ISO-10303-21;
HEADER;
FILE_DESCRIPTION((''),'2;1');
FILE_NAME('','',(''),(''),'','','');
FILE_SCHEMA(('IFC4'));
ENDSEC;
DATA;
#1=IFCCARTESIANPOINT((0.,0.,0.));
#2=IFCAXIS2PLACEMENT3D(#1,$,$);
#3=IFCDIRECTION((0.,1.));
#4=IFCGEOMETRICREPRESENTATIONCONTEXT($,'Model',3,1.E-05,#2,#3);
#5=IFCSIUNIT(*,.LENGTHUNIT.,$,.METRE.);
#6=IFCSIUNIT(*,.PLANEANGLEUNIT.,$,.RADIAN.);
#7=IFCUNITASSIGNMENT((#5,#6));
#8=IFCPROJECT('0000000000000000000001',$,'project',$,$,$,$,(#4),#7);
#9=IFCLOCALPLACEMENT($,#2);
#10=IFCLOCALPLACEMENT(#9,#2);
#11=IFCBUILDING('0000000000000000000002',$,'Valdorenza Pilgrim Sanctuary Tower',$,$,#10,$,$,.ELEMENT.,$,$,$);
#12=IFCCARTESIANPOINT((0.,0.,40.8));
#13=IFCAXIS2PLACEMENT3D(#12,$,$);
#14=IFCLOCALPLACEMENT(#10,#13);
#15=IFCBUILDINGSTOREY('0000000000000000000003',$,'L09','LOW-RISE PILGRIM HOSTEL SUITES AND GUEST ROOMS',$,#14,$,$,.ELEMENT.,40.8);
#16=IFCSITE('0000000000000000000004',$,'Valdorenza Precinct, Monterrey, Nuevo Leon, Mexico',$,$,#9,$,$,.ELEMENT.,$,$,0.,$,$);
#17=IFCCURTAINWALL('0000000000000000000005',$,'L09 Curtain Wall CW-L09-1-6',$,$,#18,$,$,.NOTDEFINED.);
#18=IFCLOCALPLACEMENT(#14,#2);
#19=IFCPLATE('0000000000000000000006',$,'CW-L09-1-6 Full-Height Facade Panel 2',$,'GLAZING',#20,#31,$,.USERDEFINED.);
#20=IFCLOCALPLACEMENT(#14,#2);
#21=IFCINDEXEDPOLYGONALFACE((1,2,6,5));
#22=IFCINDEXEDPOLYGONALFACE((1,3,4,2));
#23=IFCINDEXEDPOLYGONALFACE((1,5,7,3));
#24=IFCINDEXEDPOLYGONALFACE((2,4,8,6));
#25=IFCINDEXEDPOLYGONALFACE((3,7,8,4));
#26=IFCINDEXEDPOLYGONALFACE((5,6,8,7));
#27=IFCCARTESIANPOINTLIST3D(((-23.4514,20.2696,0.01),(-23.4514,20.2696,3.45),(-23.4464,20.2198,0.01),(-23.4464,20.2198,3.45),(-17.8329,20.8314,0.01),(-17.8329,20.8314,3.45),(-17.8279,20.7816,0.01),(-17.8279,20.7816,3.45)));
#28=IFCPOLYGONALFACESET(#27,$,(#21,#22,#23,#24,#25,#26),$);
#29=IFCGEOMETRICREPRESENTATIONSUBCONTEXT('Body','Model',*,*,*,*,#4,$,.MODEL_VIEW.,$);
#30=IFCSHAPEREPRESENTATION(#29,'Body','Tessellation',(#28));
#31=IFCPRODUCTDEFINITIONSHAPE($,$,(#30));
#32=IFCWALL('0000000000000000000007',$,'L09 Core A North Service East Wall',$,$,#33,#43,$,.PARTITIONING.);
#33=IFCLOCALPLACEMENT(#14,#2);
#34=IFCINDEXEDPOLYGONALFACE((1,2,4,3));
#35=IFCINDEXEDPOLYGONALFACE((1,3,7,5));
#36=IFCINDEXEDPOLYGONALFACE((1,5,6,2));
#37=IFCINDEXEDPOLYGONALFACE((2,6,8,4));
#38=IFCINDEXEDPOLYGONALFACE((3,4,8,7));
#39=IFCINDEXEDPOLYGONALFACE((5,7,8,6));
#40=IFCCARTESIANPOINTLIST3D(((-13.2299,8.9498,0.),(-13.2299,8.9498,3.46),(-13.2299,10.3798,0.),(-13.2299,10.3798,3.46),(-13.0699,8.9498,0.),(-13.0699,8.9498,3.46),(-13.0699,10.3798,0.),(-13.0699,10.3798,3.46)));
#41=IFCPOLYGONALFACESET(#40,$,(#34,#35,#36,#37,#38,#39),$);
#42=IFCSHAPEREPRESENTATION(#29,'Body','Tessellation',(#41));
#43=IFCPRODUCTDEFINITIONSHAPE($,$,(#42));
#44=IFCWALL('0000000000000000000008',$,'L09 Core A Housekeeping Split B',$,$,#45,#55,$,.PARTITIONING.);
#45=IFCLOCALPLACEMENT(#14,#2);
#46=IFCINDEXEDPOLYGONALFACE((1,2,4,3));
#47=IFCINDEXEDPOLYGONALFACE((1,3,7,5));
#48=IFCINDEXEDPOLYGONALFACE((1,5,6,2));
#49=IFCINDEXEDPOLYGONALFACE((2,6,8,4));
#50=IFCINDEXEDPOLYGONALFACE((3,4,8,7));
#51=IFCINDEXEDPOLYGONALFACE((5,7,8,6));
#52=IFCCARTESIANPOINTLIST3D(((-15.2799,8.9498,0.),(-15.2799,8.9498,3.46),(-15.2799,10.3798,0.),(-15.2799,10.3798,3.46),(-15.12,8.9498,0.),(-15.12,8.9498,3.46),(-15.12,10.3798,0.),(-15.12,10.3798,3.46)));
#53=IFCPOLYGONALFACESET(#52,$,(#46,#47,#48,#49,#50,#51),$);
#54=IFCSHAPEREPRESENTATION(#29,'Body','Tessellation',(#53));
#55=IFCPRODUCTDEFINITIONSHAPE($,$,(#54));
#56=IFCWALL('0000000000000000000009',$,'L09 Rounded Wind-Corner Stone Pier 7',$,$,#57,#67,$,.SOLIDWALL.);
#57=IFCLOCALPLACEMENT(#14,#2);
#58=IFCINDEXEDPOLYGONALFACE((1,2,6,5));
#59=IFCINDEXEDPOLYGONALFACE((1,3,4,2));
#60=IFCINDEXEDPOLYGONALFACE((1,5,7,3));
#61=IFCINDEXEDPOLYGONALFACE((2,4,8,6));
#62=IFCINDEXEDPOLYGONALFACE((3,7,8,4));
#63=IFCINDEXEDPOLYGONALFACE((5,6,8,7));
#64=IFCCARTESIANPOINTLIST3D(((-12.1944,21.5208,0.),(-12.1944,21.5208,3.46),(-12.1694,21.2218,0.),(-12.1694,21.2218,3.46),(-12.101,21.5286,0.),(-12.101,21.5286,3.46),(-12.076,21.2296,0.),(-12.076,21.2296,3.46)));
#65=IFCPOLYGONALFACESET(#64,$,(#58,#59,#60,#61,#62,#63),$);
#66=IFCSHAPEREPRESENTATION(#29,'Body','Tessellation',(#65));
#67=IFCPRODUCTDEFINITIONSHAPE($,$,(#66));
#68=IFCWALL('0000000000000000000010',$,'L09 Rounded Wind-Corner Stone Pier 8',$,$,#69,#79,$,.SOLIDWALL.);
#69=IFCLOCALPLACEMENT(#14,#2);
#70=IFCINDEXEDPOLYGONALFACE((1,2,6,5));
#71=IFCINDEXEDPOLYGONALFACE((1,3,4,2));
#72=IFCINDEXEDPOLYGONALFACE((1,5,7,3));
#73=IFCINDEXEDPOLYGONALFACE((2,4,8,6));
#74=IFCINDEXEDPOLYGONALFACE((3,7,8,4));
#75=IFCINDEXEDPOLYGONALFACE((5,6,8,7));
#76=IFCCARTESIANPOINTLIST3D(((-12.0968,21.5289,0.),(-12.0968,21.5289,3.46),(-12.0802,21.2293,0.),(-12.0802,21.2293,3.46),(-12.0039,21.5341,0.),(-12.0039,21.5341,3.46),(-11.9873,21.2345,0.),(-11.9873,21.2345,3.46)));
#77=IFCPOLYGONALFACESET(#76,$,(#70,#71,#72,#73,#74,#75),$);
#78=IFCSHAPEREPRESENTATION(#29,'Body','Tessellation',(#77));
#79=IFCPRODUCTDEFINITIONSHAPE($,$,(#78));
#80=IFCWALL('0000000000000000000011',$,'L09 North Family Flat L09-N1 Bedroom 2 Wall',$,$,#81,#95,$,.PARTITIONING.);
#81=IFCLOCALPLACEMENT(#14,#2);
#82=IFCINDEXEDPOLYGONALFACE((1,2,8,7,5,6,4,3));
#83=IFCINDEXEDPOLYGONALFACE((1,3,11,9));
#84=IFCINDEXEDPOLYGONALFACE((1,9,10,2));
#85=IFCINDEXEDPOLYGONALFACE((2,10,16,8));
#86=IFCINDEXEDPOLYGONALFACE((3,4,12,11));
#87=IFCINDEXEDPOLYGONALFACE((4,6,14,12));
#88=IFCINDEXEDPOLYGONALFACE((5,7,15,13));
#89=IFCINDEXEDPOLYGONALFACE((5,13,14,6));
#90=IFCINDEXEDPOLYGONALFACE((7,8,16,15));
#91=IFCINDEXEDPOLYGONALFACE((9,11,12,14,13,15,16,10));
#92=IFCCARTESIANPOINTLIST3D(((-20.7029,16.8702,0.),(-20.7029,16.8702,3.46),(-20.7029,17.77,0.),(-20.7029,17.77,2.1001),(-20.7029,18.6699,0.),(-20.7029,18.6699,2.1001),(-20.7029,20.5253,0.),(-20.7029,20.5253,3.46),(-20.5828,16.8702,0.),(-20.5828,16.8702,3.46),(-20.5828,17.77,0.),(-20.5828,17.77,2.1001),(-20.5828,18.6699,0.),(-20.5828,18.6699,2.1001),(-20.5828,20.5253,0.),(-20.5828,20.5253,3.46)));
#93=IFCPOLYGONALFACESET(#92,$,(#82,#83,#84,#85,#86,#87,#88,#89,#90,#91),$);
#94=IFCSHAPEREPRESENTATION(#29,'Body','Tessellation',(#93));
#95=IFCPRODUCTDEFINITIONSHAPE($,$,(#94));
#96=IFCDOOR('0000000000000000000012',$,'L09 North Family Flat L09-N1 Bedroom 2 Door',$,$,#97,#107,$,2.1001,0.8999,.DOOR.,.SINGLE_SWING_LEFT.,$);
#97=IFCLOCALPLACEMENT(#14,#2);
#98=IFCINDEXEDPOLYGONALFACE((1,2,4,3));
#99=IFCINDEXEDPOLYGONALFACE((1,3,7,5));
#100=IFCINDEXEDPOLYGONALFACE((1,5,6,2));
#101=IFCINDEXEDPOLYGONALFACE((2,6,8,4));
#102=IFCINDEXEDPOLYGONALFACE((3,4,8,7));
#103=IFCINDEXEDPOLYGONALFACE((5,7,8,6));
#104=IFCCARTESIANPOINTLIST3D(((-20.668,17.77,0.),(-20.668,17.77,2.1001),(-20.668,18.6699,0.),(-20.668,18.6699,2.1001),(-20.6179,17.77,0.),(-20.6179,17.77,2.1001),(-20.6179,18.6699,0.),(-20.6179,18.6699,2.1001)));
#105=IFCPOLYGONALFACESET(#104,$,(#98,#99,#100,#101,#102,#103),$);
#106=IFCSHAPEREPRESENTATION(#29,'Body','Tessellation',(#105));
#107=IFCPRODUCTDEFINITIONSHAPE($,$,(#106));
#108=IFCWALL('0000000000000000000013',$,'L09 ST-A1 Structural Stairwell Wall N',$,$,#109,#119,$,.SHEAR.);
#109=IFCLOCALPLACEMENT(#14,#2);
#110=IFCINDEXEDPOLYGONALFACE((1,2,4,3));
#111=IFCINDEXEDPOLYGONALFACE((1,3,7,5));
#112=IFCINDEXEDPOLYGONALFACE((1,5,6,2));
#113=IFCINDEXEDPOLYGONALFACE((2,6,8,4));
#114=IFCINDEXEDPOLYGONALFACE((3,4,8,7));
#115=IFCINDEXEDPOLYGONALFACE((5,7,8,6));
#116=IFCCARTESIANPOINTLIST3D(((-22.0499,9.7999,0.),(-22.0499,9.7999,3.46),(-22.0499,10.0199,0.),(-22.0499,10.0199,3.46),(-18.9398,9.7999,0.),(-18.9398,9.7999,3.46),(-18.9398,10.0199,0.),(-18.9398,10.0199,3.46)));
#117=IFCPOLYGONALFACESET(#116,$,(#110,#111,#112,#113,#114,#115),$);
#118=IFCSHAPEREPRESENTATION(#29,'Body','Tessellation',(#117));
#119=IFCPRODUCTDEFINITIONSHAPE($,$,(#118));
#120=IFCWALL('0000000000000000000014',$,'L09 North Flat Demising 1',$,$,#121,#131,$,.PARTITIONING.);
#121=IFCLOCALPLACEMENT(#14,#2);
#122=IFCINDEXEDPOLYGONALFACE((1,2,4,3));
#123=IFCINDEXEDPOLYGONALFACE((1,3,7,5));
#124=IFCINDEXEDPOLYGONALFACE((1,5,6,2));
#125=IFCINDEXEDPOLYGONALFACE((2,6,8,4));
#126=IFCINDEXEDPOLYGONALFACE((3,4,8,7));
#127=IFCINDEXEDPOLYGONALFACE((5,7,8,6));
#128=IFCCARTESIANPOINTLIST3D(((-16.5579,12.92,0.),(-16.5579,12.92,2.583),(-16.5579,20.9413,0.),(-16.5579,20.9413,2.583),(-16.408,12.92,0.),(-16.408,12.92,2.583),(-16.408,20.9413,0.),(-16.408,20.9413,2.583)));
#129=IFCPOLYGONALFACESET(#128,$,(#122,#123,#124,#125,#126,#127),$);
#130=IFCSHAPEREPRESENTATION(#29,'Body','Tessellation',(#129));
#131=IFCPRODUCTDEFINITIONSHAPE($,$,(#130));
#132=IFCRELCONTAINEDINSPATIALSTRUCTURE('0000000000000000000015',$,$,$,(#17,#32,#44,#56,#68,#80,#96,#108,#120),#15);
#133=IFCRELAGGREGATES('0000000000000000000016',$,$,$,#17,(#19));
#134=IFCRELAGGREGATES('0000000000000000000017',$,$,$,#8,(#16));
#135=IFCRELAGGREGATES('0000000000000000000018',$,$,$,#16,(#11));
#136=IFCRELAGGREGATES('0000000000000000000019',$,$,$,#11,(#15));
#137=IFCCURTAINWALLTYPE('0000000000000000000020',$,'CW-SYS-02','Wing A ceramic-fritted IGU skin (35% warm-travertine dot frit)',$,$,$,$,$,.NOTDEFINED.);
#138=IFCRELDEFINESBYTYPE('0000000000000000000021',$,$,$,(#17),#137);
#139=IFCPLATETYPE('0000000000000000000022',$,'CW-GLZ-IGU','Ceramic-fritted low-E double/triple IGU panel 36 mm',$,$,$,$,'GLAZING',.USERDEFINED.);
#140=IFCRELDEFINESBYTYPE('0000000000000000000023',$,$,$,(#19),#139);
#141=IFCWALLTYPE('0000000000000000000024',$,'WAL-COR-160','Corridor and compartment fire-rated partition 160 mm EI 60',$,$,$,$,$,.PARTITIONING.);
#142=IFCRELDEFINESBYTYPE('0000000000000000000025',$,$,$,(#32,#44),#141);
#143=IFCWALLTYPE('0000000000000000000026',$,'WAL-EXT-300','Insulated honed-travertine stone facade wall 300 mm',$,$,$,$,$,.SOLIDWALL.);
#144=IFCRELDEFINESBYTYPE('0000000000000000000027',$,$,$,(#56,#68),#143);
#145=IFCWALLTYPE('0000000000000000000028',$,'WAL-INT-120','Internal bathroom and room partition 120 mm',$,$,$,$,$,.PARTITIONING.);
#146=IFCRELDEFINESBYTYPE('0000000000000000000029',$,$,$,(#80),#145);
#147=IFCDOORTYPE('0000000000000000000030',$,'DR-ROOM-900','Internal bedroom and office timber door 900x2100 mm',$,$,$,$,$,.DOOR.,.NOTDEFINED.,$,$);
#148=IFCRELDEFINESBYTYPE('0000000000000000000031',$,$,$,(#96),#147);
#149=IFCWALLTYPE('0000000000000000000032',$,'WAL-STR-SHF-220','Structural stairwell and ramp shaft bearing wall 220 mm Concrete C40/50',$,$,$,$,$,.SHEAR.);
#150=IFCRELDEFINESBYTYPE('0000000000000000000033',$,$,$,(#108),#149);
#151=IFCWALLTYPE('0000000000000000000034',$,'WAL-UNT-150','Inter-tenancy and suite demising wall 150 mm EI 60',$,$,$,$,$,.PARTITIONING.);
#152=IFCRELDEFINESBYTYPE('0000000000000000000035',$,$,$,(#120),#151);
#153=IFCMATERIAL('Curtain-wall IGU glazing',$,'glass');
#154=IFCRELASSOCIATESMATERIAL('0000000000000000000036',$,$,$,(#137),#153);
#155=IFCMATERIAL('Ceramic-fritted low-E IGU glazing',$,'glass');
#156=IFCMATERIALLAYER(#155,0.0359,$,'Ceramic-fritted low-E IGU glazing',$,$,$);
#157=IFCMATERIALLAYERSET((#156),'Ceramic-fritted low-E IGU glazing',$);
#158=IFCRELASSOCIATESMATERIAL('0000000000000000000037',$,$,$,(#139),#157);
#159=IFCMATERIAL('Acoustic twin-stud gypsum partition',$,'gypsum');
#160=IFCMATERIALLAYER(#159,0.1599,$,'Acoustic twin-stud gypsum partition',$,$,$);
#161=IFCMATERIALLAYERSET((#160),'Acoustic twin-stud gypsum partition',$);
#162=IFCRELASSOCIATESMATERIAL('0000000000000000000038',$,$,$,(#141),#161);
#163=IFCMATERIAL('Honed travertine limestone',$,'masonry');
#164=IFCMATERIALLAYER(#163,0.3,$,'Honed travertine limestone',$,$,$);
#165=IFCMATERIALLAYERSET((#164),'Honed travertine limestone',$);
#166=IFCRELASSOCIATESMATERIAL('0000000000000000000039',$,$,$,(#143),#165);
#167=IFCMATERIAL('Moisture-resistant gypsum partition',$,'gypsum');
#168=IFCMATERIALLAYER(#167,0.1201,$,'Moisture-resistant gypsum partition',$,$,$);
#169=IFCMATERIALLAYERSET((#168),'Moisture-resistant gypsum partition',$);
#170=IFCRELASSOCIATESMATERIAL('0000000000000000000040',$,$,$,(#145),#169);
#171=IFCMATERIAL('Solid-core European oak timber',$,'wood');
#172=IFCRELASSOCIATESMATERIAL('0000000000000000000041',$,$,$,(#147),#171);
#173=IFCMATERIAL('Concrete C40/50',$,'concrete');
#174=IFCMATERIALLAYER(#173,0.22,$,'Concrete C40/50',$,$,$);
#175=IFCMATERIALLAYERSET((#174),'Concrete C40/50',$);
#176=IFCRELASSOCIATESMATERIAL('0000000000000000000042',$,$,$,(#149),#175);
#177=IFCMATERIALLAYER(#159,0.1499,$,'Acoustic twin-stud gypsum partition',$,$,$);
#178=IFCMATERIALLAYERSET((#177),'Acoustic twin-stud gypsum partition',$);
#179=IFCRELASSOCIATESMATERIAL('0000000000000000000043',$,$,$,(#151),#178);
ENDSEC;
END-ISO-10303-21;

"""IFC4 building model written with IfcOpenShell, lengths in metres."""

from ifc_helpers import new_model, si_unit, direction, frame, frame_2d, origin, origin_2d, place, context, subcontext, project, spatial, rectangle, extrude, source, transform, mapped, material, layer, layer_set, type_object, element, fill, aggregate, save


model = new_model("IFC4")

# Units and contexts
model_context = context("Model", 3, precision=1e-05, world=origin(), true_north=direction((0.0, 1.0)))
body_context = subcontext(model_context, "Body", "Model", "MODEL_VIEW")
ifc_project = project(units=[si_unit("LENGTHUNIT", "METRE"), si_unit("PLANEANGLEUNIT", "RADIAN")], contexts=[model_context])

# Site, building, storey
site_placement = place(None, origin())
site = spatial("IfcSite", under=ifc_project, at=site_placement, Name="Valdorenza Precinct, Monterrey, Nuevo Leon, Mexico", CompositionType="ELEMENT", RefElevation=0.0)
building_placement = place(site_placement, origin())
building = spatial("IfcBuilding", under=site, at=building_placement, Name="Valdorenza Pilgrim Sanctuary Tower", CompositionType="ELEMENT")
storey_placement = place(building_placement, frame((0.0, 0.0, 40.8)))
storey = spatial("IfcBuildingStorey", under=building, at=storey_placement, Name="L09", Description="LOW-RISE PILGRIM HOSTEL SUITES AND GUEST ROOMS", CompositionType="ELEMENT", Elevation=40.8)

# Curtain wall, plate
ifc_material_1 = material(Name="Curtain-wall IGU glazing", Category="glass")
curtain_wall_type = type_object("IfcCurtainWallType", Name="CW-SYS-02", Description="Wing A ceramic-fritted IGU skin (35% warm-travertine dot frit)", PredefinedType="NOTDEFINED", material=ifc_material_1)
curtain_wall_placement = place(storey_placement, origin())
curtain_wall = element("IfcCurtainWall", 1, at=curtain_wall_placement, inside=storey, type_object=curtain_wall_type, Name="L09 Curtain Wall CW-L09-1-6", PredefinedType="NOTDEFINED")
ifc_material_2 = material(Name="Honed travertine limestone", Category="masonry")
ifc_material_3 = material(Name="Ceramic-fritted low-E IGU glazing", Category="glass")
ifc_layer_1 = layer(ifc_material_3, 0.0359, Name="Ceramic-fritted low-E IGU glazing")
ifc_layer_set_1 = layer_set([ifc_layer_1], Name="Ceramic-fritted low-E IGU glazing")
plate_type_1 = type_object("IfcPlateType", Name="CW-GLZ-IGU", Description="Ceramic-fritted low-E double/triple IGU panel 36 mm", ElementType="GLAZING", PredefinedType="USERDEFINED", material=ifc_layer_set_1)
shared_shape_1 = source(origin(), body_context, "Body", "SweptSolid", [
    extrude(rectangle(XDim=5.6465, YDim=0.05, at=origin_2d()), origin(), (0.0, 0.0, 1.0), 3.4399),
])
plate_1_placement = place(storey_placement, frame((-20.6396, 20.5256, 0.01), z_axis=(0.0, 0.0, 1.0), x_axis=(0.995038, 0.099493, 0.0)))
plate_1 = element("IfcPlate", 2, at=plate_1_placement, type_object=plate_type_1, Name="CW-L09-1-6 Full-Height Facade Panel 2", ObjectType="GLAZING", PredefinedType="USERDEFINED", context=body_context, shape_type="MappedRepresentation", body=[
    mapped(shared_shape_1, transform((0.0, 0.0, 0.0), x_axis=(1.0, 0.0, 0.0), y_axis=(0.0, 1.0, 0.0), z_axis=(0.0, 0.0, 1.0), scale=1.0)),
])
aggregate(curtain_wall, [plate_1])

# Walls
ifc_material_4 = material(Name="Acoustic twin-stud gypsum partition", Category="gypsum")
ifc_layer_2 = layer(ifc_material_4, 0.1599, Name="Acoustic twin-stud gypsum partition")
ifc_layer_set_2 = layer_set([ifc_layer_2], Name="Acoustic twin-stud gypsum partition")
wall_type_1 = type_object("IfcWallType", Name="WAL-COR-160", Description="Corridor and compartment fire-rated partition 160 mm EI 60", PredefinedType="PARTITIONING", material=ifc_layer_set_2)
for number, where, z_axis, x_axis, name in (
    (3, (-13.1499, 8.95, 0.0), (0.0, 0.0, 1.0), (0.0, 1.0, 0.0), "L09 Core A North Service East Wall"),
    (4, (-15.2, 8.95, 0.0), (0.0, 0.0, 1.0), (0.0, 1.0, 0.0), "L09 Core A Housekeeping Split B"),
):
    element("IfcWall", number, at=place(storey_placement, frame(where, z_axis=z_axis, x_axis=x_axis)), inside=storey, type_object=wall_type_1, Name=name, PredefinedType="PARTITIONING", context=body_context, shape_type="SweptSolid", body=[
        extrude(rectangle(XDim=1.4299, YDim=0.1599, at=frame_2d((0.7148, 0.0))), origin(), (0.0, 0.0, 1.0), 3.46),
    ])
ifc_layer_3 = layer(ifc_material_2, 0.3, Name="Honed travertine limestone")
ifc_layer_set_3 = layer_set([ifc_layer_3], Name="Honed travertine limestone")
wall_type_2 = type_object("IfcWallType", Name="WAL-EXT-300", Description="Insulated honed-travertine stone facade wall 300 mm", PredefinedType="SOLIDWALL", material=ifc_layer_set_3)
wall_1_placement = place(storey_placement, frame((-12.1819, 21.3713, 0.0), z_axis=(0.0, 0.0, 1.0), x_axis=(0.996528, 0.083261, 0.0)))
element("IfcWall", 5, at=wall_1_placement, inside=storey, type_object=wall_type_2, Name="L09 Rounded Wind-Corner Stone Pier 7", PredefinedType="SOLIDWALL", context=body_context, shape_type="SweptSolid", body=[
    extrude(rectangle(XDim=0.0938, YDim=0.3, at=frame_2d((0.0469, 0.0))), origin(), (0.0, 0.0, 1.0), 3.46),
])
wall_2_placement = place(storey_placement, frame((-12.0884, 21.3792, 0.0), z_axis=(0.0, 0.0, 1.0), x_axis=(0.998476, 0.055179, 0.0)))
element("IfcWall", 6, at=wall_2_placement, inside=storey, type_object=wall_type_2, Name="L09 Rounded Wind-Corner Stone Pier 8", PredefinedType="SOLIDWALL", context=body_context, shape_type="SweptSolid", body=[
    extrude(rectangle(XDim=0.093, YDim=0.3, at=frame_2d((0.0464, 0.0))), origin(), (0.0, 0.0, 1.0), 3.46),
])

# Wall, opening, door
ifc_material_5 = material(Name="Moisture-resistant gypsum partition", Category="gypsum")
ifc_layer_4 = layer(ifc_material_5, 0.1201, Name="Moisture-resistant gypsum partition")
ifc_layer_set_4 = layer_set([ifc_layer_4], Name="Moisture-resistant gypsum partition")
wall_type_3 = type_object("IfcWallType", Name="WAL-INT-120", Description="Internal bathroom and room partition 120 mm", PredefinedType="PARTITIONING", material=ifc_layer_set_4)
wall_3_placement = place(storey_placement, frame((-20.6428, 16.8701, 0.0), z_axis=(0.0, 0.0, 1.0), x_axis=(0.0, 1.0, 0.0)))
wall_3 = element("IfcWall", 7, at=wall_3_placement, inside=storey, type_object=wall_type_3, Name="L09 North Family Flat L09-N1 Bedroom 2 Wall", PredefinedType="PARTITIONING", context=body_context, shape_type="SweptSolid", body=[
    extrude(rectangle(XDim=3.655, YDim=0.1201, at=frame_2d((1.8276, 0.0))), origin(), (0.0, 0.0, 1.0), 3.46),
])
opening_placement = place(wall_3_placement, frame((0.8999, 0.0, 0.0)))
opening = element("IfcOpeningElement", 8, at=opening_placement, cuts=wall_3, PredefinedType="OPENING", context=body_context, shape_type="SweptSolid", body=[
    extrude(rectangle(XDim=0.8999, YDim=2.1001, at=frame_2d((0.45, 1.05))), frame((0.0, 0.075, 0.0), z_axis=(0.0, -1.0, 0.0), x_axis=(1.0, 0.0, 0.0)), (0.0, 0.0, 1.0), 0.1499),
])
ifc_material_6 = material(Name="Solid-core European oak timber", Category="wood")
door_type = type_object("IfcDoorType", Name="DR-ROOM-900", Description="Internal bedroom and office timber door 900x2100 mm", OperationType="NOTDEFINED", PredefinedType="DOOR", material=ifc_material_6)
door_placement = place(opening_placement, frame((0.8999, 0.0, 0.0), z_axis=(0.0, 0.0, 1.0), x_axis=(-1.0, 0.0, 0.0)))
door = element("IfcDoor", 9, at=door_placement, inside=storey, type_object=door_type, Name="L09 North Family Flat L09-N1 Bedroom 2 Door", OperationType="SINGLE_SWING_LEFT", OverallHeight=2.1001, OverallWidth=0.8999, PredefinedType="DOOR", context=body_context, shape_type="SweptSolid", body=[
    extrude(rectangle(XDim=0.8999, YDim=2.1001, at=frame_2d((0.45, 1.05))), frame((0.0, 0.0249, 0.0), z_axis=(0.0, -1.0, 0.0), x_axis=(1.0, 0.0, 0.0)), (0.0, 0.0, 1.0), 0.05),
])
fill(opening, door)

# Walls
ifc_material_7 = material(Name="Concrete C40/50", Category="concrete")
ifc_layer_5 = layer(ifc_material_7, 0.22, Name="Concrete C40/50")
ifc_layer_set_5 = layer_set([ifc_layer_5], Name="Concrete C40/50")
wall_type_4 = type_object("IfcWallType", Name="WAL-STR-SHF-220", Description="Structural stairwell and ramp shaft bearing wall 220 mm Concrete C40/50", PredefinedType="SHEAR", material=ifc_layer_set_5)
wall_4_placement = place(storey_placement, frame((-22.05, 9.9099, 0.0), z_axis=(0.0, 0.0, 1.0), x_axis=(1.0, 0.0, 0.0)))
element("IfcWall", 10, at=wall_4_placement, inside=storey, type_object=wall_type_4, Name="L09 ST-A1 Structural Stairwell Wall N", PredefinedType="SHEAR", context=body_context, shape_type="SweptSolid", body=[
    extrude(rectangle(XDim=3.1101, YDim=0.22, at=frame_2d((1.5552, 0.0))), origin(), (0.0, 0.0, 1.0), 3.46),
])
ifc_layer_6 = layer(ifc_material_4, 0.1499, Name="Acoustic twin-stud gypsum partition")
ifc_layer_set_6 = layer_set([ifc_layer_6], Name="Acoustic twin-stud gypsum partition")
wall_type_5 = type_object("IfcWallType", Name="WAL-UNT-150", Description="Inter-tenancy and suite demising wall 150 mm EI 60", PredefinedType="PARTITIONING", material=ifc_layer_set_6)
wall_5_placement = place(storey_placement, frame((-16.4829, 12.9199, 0.0), z_axis=(0.0, 0.0, 1.0), x_axis=(0.0, 1.0, 0.0)))
element("IfcWall", 11, at=wall_5_placement, inside=storey, type_object=wall_type_5, Name="L09 North Flat Demising 1", PredefinedType="PARTITIONING", context=body_context, shape_type="SweptSolid", body=[
    extrude(rectangle(XDim=8.0212, YDim=0.1499, at=frame_2d((4.0107, 0.0))), origin(), (0.0, 0.0, 1.0), 2.583),
])

save(model, "model.ifc")
